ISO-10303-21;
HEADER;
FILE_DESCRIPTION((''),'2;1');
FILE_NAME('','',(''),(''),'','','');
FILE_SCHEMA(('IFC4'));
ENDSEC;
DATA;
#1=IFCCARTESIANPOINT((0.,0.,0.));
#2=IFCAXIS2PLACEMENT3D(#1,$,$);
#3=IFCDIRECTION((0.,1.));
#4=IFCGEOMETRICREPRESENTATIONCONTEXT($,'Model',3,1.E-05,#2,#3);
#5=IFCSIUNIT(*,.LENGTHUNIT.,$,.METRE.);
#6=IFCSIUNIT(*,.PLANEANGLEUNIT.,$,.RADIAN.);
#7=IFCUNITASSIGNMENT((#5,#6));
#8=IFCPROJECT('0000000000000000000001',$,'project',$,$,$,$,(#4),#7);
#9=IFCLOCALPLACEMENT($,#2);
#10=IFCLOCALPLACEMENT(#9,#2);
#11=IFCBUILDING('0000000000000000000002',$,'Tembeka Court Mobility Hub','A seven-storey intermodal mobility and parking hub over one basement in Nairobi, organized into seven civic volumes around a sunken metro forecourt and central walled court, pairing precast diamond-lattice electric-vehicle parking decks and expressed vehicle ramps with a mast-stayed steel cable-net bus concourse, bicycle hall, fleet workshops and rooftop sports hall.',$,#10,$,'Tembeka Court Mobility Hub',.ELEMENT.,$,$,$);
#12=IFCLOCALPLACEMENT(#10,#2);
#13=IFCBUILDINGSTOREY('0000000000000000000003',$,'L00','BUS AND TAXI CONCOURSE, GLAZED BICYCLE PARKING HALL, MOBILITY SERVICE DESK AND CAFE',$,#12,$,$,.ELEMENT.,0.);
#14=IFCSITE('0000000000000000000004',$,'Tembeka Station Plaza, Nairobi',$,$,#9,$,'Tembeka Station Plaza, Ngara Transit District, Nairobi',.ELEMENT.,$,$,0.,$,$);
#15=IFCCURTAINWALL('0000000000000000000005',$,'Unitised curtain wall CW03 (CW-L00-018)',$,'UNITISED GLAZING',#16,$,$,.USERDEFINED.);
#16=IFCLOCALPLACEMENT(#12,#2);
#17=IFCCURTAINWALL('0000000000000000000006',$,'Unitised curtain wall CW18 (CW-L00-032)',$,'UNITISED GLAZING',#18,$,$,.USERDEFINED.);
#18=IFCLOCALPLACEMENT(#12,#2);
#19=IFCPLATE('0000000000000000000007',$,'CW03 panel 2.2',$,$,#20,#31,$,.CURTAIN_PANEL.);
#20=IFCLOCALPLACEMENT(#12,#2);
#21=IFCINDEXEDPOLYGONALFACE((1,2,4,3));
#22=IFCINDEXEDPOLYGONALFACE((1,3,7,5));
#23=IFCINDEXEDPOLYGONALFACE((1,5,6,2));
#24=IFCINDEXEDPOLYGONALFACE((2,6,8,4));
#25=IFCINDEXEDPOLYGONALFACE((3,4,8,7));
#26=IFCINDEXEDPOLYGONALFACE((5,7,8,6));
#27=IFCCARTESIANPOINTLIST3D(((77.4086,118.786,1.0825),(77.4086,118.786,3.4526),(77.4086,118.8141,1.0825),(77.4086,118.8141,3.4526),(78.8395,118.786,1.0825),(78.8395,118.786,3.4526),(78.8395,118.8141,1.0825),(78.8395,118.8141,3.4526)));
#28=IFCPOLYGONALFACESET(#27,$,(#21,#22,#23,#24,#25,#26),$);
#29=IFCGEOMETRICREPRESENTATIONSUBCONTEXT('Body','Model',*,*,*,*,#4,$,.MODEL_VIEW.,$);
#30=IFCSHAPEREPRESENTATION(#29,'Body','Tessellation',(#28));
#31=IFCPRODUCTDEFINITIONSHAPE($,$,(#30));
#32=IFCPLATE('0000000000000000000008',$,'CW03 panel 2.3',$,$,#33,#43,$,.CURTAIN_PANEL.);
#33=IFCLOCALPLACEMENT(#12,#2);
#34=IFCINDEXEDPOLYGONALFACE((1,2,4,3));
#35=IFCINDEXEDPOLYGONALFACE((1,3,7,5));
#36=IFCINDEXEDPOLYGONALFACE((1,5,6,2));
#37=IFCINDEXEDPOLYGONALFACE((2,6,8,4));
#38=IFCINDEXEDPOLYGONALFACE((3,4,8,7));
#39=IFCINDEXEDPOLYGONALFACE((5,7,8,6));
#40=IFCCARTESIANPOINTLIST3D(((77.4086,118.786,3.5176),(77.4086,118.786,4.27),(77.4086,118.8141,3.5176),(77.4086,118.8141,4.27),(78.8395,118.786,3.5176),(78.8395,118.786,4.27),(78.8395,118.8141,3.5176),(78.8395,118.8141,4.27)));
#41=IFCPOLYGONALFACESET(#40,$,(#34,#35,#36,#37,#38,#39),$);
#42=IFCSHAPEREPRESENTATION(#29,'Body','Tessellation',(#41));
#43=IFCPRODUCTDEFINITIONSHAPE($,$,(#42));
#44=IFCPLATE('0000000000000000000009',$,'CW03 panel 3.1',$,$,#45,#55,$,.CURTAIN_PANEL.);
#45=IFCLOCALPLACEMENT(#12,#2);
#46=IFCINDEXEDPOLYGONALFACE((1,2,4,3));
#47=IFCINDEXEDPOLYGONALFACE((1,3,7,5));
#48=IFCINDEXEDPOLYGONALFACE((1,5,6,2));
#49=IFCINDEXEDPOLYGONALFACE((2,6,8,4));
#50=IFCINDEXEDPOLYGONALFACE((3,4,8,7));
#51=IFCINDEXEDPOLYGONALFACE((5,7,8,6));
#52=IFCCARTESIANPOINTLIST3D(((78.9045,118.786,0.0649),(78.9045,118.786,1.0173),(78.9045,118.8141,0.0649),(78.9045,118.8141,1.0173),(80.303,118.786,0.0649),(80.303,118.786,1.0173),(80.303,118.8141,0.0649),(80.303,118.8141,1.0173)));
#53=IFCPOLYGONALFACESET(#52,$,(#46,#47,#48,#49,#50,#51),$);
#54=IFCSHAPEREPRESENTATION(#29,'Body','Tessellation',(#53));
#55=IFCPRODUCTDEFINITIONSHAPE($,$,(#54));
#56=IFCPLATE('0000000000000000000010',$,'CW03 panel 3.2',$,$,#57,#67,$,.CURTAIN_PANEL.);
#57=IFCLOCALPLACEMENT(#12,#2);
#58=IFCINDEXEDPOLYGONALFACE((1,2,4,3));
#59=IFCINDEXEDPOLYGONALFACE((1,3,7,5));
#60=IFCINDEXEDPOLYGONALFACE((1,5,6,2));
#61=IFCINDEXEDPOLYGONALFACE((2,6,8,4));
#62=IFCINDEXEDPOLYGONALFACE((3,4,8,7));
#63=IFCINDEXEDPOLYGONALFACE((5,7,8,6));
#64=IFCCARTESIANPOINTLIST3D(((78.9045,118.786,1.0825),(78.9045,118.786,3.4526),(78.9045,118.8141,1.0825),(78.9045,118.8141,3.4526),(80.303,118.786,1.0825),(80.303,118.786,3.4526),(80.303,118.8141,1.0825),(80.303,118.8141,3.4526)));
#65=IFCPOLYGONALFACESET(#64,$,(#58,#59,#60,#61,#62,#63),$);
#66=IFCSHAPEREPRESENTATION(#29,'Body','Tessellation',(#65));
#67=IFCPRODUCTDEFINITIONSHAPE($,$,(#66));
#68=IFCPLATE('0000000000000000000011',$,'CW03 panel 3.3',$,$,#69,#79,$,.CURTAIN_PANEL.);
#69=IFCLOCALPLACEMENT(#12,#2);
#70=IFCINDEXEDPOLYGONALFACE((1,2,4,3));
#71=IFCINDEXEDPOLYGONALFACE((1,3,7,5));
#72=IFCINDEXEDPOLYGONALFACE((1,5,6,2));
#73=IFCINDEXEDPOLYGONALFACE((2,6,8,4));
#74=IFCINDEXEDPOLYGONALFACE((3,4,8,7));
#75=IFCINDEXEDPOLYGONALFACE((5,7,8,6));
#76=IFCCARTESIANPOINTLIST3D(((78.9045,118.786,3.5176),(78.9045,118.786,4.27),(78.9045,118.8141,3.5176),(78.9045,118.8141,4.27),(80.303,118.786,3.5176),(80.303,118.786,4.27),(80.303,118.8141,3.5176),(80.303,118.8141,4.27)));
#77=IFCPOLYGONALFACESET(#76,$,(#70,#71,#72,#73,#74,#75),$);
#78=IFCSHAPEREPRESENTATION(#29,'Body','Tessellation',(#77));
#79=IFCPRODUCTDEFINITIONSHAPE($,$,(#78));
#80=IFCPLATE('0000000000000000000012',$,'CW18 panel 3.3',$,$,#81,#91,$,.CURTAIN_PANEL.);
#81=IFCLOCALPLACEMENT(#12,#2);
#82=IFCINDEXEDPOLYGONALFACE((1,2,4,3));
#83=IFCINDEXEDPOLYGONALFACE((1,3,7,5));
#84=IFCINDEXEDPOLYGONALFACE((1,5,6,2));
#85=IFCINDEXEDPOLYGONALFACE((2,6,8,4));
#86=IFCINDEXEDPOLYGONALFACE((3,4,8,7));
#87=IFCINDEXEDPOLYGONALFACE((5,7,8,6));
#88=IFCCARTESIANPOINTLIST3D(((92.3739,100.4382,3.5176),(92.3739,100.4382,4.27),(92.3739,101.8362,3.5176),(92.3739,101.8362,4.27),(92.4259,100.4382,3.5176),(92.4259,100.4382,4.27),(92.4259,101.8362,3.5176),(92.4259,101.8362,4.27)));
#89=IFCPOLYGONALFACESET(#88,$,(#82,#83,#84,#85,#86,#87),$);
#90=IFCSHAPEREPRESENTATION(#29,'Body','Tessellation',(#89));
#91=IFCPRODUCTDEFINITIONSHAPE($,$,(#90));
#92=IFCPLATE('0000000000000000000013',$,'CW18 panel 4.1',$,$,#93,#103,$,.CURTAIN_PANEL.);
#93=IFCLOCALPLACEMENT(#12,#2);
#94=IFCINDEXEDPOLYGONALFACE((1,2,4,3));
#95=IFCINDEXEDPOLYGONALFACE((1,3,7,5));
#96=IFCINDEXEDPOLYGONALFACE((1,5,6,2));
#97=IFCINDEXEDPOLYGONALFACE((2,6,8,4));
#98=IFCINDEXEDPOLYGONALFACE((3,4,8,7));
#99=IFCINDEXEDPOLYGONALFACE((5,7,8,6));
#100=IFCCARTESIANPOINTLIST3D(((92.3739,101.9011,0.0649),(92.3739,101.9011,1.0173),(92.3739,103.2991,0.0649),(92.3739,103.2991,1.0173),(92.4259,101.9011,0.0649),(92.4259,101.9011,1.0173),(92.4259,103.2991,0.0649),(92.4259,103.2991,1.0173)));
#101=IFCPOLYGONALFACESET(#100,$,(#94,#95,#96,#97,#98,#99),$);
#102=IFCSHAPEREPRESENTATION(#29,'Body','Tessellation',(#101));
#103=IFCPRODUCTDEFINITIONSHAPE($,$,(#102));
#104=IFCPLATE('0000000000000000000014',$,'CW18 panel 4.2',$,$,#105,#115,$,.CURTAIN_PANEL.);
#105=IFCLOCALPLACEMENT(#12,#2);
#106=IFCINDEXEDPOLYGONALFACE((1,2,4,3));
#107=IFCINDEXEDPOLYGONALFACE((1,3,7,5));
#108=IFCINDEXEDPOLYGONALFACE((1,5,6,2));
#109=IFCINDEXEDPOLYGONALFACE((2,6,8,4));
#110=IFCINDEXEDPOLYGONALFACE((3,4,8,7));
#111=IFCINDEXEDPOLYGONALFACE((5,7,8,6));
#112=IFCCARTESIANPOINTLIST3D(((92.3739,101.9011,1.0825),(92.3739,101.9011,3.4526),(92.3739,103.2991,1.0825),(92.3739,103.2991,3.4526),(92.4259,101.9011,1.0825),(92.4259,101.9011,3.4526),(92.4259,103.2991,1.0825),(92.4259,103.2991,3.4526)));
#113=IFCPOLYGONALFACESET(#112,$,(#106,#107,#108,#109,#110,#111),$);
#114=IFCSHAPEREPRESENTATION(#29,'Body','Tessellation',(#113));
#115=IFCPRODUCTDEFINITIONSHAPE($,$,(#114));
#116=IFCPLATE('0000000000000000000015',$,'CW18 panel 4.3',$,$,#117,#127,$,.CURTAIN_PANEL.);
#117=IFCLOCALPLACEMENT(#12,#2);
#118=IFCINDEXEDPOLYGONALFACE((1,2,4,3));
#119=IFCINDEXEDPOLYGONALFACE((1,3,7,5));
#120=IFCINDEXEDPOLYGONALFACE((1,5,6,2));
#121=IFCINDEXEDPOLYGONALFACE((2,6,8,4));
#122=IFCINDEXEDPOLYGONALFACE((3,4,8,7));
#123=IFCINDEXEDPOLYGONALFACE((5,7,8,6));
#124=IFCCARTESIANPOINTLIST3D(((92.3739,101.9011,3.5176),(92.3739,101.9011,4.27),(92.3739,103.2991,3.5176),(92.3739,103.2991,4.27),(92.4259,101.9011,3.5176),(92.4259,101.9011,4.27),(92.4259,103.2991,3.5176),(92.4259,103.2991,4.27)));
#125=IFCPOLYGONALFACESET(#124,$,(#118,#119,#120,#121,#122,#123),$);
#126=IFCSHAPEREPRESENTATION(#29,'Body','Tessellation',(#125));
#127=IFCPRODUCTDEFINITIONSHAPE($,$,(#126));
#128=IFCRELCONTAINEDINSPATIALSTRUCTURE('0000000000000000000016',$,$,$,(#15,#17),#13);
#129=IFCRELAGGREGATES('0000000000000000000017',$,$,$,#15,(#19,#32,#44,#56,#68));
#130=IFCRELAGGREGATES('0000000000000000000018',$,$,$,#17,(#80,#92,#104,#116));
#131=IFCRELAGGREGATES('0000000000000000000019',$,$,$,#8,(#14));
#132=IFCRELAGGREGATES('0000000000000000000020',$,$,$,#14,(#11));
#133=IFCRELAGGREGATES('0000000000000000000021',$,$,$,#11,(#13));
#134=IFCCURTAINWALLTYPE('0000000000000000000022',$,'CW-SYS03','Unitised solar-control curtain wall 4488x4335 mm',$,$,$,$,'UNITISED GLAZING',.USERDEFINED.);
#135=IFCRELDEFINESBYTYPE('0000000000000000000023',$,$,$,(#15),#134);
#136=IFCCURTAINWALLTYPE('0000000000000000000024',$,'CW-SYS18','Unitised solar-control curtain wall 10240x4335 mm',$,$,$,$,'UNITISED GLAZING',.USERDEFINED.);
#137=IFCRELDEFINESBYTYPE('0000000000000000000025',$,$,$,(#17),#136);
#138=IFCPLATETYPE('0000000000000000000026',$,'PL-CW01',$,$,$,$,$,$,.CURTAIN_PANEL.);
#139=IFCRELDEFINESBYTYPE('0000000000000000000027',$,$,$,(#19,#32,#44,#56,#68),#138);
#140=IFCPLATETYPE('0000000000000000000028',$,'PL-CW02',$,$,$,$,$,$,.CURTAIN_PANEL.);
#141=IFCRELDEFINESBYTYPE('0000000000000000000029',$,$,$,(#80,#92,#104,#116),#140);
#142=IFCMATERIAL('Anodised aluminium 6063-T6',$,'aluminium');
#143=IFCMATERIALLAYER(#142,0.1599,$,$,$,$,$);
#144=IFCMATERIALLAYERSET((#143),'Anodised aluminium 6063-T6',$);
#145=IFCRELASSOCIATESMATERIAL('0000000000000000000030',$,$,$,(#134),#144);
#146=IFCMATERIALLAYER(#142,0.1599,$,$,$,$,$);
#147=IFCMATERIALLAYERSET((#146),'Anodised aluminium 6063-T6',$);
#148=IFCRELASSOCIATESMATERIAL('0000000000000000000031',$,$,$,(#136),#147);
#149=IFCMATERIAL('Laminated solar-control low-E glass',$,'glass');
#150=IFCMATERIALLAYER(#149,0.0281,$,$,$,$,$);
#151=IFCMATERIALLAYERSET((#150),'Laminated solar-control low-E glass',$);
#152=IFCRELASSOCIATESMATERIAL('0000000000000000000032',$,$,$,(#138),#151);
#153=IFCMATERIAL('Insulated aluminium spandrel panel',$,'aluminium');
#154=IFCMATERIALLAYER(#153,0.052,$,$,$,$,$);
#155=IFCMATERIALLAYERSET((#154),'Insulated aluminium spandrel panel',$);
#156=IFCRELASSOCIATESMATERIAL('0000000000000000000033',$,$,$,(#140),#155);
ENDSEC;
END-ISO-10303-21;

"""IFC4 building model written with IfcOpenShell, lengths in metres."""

from ifc_helpers import new_model, si_unit, direction, frame, origin, origin_2d, place, context, subcontext, project, spatial, rectangle, extrude, material, layer, layer_set, type_object, element, aggregate, save


model = new_model("IFC4")

# Units and contexts
model_context = context("Model", 3, precision=1e-05, world=origin(), true_north=direction((0.0, 1.0)))
body_context = subcontext(model_context, "Body", "Model", "MODEL_VIEW")
ifc_project = project(units=[si_unit("LENGTHUNIT", "METRE"), si_unit("PLANEANGLEUNIT", "RADIAN")], contexts=[model_context])

# Site, building, storey
site_placement = place(None, origin())
site = spatial("IfcSite", under=ifc_project, at=site_placement, Name="Tembeka Station Plaza, Nairobi", LongName="Tembeka Station Plaza, Ngara Transit District, Nairobi", CompositionType="ELEMENT", RefElevation=0.0)
building_placement = place(site_placement, origin())
building = spatial("IfcBuilding", under=site, at=building_placement, Name="Tembeka Court Mobility Hub", Description="A seven-storey intermodal mobility and parking hub over one basement in Nairobi, organized into seven civic volumes around a sunken metro forecourt and central walled court, pairing precast diamond-lattice electric-vehicle parking decks and expressed vehicle ramps with a mast-stayed steel cable-net bus concourse, bicycle hall, fleet workshops and rooftop sports hall.", LongName="Tembeka Court Mobility Hub", CompositionType="ELEMENT")
storey_placement = place(building_placement, origin())
storey = spatial("IfcBuildingStorey", under=building, at=storey_placement, Name="L00", Description="BUS AND TAXI CONCOURSE, GLAZED BICYCLE PARKING HALL, MOBILITY SERVICE DESK AND CAFE", CompositionType="ELEMENT", Elevation=0.0)

# Curtain wall
ifc_material_1 = material(Name="Anodised aluminium 6063-T6", Category="aluminium")
ifc_layer_1 = layer(ifc_material_1, 0.1599)
ifc_layer_set_1 = layer_set([ifc_layer_1], Name="Anodised aluminium 6063-T6")
curtain_wall_type_1 = type_object("IfcCurtainWallType", Name="CW-SYS03", Description="Unitised solar-control curtain wall 4488x4335 mm", ElementType="UNITISED GLAZING", PredefinedType="USERDEFINED", material=ifc_layer_set_1)
curtain_wall_1_placement = place(storey_placement, origin())
curtain_wall_1 = element("IfcCurtainWall", 1, at=curtain_wall_1_placement, inside=storey, type_object=curtain_wall_type_1, Name="Unitised curtain wall CW03 (CW-L00-018)", ObjectType="UNITISED GLAZING", PredefinedType="USERDEFINED")

# Curtain wall
ifc_layer_2 = layer(ifc_material_1, 0.1599)
ifc_layer_set_2 = layer_set([ifc_layer_2], Name="Anodised aluminium 6063-T6")
curtain_wall_type_2 = type_object("IfcCurtainWallType", Name="CW-SYS18", Description="Unitised solar-control curtain wall 10240x4335 mm", ElementType="UNITISED GLAZING", PredefinedType="USERDEFINED", material=ifc_layer_set_2)
curtain_wall_2_placement = place(storey_placement, origin())
curtain_wall_2 = element("IfcCurtainWall", 2, at=curtain_wall_2_placement, inside=storey, type_object=curtain_wall_type_2, Name="Unitised curtain wall CW18 (CW-L00-032)", ObjectType="UNITISED GLAZING", PredefinedType="USERDEFINED")

# Plates
ifc_material_2 = material(Name="Laminated solar-control low-E glass", Category="glass")
ifc_layer_3 = layer(ifc_material_2, 0.0281)
ifc_layer_set_3 = layer_set([ifc_layer_3], Name="Laminated solar-control low-E glass")
plate_type_1 = type_object("IfcPlateType", Name="PL-CW01", PredefinedType="CURTAIN_PANEL", material=ifc_layer_set_3)
plate_1_placement = place(storey_placement, frame((78.124, 118.8, 1.0825), z_axis=(0.0, 0.0, 1.0), x_axis=(1.0, 0.0, 0.0)))
plate_1 = element("IfcPlate", 3, at=plate_1_placement, type_object=plate_type_1, Name="CW03 panel 2.2", PredefinedType="CURTAIN_PANEL", context=body_context, shape_type="SweptSolid", body=[
    extrude(rectangle(XDim=1.4309, YDim=0.0281, at=origin_2d()), origin(), (0.0, 0.0, 1.0), 2.3701),
])
plate_2_placement = place(storey_placement, frame((78.124, 118.8, 3.5176), z_axis=(0.0, 0.0, 1.0), x_axis=(1.0, 0.0, 0.0)))
plate_2 = element("IfcPlate", 4, at=plate_2_placement, type_object=plate_type_1, Name="CW03 panel 2.3", PredefinedType="CURTAIN_PANEL", context=body_context, shape_type="SweptSolid", body=[
    extrude(rectangle(XDim=1.4309, YDim=0.0281, at=origin_2d()), origin(), (0.0, 0.0, 1.0), 0.7524),
])
plate_3_placement = place(storey_placement, frame((79.6038, 118.8, 0.0649), z_axis=(0.0, 0.0, 1.0), x_axis=(1.0, 0.0, 0.0)))
plate_3 = element("IfcPlate", 5, at=plate_3_placement, type_object=plate_type_1, Name="CW03 panel 3.1", PredefinedType="CURTAIN_PANEL", context=body_context, shape_type="SweptSolid", body=[
    extrude(rectangle(XDim=1.3984, YDim=0.0281, at=origin_2d()), origin(), (0.0, 0.0, 1.0), 0.9524),
])
plate_4_placement = place(storey_placement, frame((79.6038, 118.8, 1.0825), z_axis=(0.0, 0.0, 1.0), x_axis=(1.0, 0.0, 0.0)))
plate_4 = element("IfcPlate", 6, at=plate_4_placement, type_object=plate_type_1, Name="CW03 panel 3.2", PredefinedType="CURTAIN_PANEL", context=body_context, shape_type="SweptSolid", body=[
    extrude(rectangle(XDim=1.3984, YDim=0.0281, at=origin_2d()), origin(), (0.0, 0.0, 1.0), 2.3701),
])
plate_5_placement = place(storey_placement, frame((79.6038, 118.8, 3.5176), z_axis=(0.0, 0.0, 1.0), x_axis=(1.0, 0.0, 0.0)))
plate_5 = element("IfcPlate", 7, at=plate_5_placement, type_object=plate_type_1, Name="CW03 panel 3.3", PredefinedType="CURTAIN_PANEL", context=body_context, shape_type="SweptSolid", body=[
    extrude(rectangle(XDim=1.3984, YDim=0.0281, at=origin_2d()), origin(), (0.0, 0.0, 1.0), 0.7524),
])
aggregate(curtain_wall_1, [plate_1, plate_2, plate_3, plate_4, plate_5])
ifc_material_3 = material(Name="Insulated aluminium spandrel panel", Category="aluminium")
ifc_layer_4 = layer(ifc_material_3, 0.052)
ifc_layer_set_4 = layer_set([ifc_layer_4], Name="Insulated aluminium spandrel panel")
plate_type_2 = type_object("IfcPlateType", Name="PL-CW02", PredefinedType="CURTAIN_PANEL", material=ifc_layer_set_4)
plate_6_placement = place(storey_placement, frame((92.3999, 101.1372, 3.5176), z_axis=(0.0, 0.0, 1.0), x_axis=(0.0, 1.0, 0.0)))
plate_6 = element("IfcPlate", 8, at=plate_6_placement, type_object=plate_type_2, Name="CW18 panel 3.3", PredefinedType="CURTAIN_PANEL", context=body_context, shape_type="SweptSolid", body=[
    extrude(rectangle(XDim=1.3979, YDim=0.052, at=origin_2d()), origin(), (0.0, 0.0, 1.0), 0.7524),
])
plate_7_placement = place(storey_placement, frame((92.3999, 102.6001, 0.0649), z_axis=(0.0, 0.0, 1.0), x_axis=(0.0, 1.0, 0.0)))
plate_7 = element("IfcPlate", 9, at=plate_7_placement, type_object=plate_type_2, Name="CW18 panel 4.1", PredefinedType="CURTAIN_PANEL", context=body_context, shape_type="SweptSolid", body=[
    extrude(rectangle(XDim=1.3979, YDim=0.052, at=origin_2d()), origin(), (0.0, 0.0, 1.0), 0.9524),
])
plate_8_placement = place(storey_placement, frame((92.3999, 102.6001, 1.0825), z_axis=(0.0, 0.0, 1.0), x_axis=(0.0, 1.0, 0.0)))
plate_8 = element("IfcPlate", 10, at=plate_8_placement, type_object=plate_type_2, Name="CW18 panel 4.2", PredefinedType="CURTAIN_PANEL", context=body_context, shape_type="SweptSolid", body=[
    extrude(rectangle(XDim=1.3979, YDim=0.052, at=origin_2d()), origin(), (0.0, 0.0, 1.0), 2.3701),
])
plate_9_placement = place(storey_placement, frame((92.3999, 102.6001, 3.5176), z_axis=(0.0, 0.0, 1.0), x_axis=(0.0, 1.0, 0.0)))
plate_9 = element("IfcPlate", 11, at=plate_9_placement, type_object=plate_type_2, Name="CW18 panel 4.3", PredefinedType="CURTAIN_PANEL", context=body_context, shape_type="SweptSolid", body=[
    extrude(rectangle(XDim=1.3979, YDim=0.052, at=origin_2d()), origin(), (0.0, 0.0, 1.0), 0.7524),
])
aggregate(curtain_wall_2, [plate_6, plate_7, plate_8, plate_9])

save(model, "model.ifc")
